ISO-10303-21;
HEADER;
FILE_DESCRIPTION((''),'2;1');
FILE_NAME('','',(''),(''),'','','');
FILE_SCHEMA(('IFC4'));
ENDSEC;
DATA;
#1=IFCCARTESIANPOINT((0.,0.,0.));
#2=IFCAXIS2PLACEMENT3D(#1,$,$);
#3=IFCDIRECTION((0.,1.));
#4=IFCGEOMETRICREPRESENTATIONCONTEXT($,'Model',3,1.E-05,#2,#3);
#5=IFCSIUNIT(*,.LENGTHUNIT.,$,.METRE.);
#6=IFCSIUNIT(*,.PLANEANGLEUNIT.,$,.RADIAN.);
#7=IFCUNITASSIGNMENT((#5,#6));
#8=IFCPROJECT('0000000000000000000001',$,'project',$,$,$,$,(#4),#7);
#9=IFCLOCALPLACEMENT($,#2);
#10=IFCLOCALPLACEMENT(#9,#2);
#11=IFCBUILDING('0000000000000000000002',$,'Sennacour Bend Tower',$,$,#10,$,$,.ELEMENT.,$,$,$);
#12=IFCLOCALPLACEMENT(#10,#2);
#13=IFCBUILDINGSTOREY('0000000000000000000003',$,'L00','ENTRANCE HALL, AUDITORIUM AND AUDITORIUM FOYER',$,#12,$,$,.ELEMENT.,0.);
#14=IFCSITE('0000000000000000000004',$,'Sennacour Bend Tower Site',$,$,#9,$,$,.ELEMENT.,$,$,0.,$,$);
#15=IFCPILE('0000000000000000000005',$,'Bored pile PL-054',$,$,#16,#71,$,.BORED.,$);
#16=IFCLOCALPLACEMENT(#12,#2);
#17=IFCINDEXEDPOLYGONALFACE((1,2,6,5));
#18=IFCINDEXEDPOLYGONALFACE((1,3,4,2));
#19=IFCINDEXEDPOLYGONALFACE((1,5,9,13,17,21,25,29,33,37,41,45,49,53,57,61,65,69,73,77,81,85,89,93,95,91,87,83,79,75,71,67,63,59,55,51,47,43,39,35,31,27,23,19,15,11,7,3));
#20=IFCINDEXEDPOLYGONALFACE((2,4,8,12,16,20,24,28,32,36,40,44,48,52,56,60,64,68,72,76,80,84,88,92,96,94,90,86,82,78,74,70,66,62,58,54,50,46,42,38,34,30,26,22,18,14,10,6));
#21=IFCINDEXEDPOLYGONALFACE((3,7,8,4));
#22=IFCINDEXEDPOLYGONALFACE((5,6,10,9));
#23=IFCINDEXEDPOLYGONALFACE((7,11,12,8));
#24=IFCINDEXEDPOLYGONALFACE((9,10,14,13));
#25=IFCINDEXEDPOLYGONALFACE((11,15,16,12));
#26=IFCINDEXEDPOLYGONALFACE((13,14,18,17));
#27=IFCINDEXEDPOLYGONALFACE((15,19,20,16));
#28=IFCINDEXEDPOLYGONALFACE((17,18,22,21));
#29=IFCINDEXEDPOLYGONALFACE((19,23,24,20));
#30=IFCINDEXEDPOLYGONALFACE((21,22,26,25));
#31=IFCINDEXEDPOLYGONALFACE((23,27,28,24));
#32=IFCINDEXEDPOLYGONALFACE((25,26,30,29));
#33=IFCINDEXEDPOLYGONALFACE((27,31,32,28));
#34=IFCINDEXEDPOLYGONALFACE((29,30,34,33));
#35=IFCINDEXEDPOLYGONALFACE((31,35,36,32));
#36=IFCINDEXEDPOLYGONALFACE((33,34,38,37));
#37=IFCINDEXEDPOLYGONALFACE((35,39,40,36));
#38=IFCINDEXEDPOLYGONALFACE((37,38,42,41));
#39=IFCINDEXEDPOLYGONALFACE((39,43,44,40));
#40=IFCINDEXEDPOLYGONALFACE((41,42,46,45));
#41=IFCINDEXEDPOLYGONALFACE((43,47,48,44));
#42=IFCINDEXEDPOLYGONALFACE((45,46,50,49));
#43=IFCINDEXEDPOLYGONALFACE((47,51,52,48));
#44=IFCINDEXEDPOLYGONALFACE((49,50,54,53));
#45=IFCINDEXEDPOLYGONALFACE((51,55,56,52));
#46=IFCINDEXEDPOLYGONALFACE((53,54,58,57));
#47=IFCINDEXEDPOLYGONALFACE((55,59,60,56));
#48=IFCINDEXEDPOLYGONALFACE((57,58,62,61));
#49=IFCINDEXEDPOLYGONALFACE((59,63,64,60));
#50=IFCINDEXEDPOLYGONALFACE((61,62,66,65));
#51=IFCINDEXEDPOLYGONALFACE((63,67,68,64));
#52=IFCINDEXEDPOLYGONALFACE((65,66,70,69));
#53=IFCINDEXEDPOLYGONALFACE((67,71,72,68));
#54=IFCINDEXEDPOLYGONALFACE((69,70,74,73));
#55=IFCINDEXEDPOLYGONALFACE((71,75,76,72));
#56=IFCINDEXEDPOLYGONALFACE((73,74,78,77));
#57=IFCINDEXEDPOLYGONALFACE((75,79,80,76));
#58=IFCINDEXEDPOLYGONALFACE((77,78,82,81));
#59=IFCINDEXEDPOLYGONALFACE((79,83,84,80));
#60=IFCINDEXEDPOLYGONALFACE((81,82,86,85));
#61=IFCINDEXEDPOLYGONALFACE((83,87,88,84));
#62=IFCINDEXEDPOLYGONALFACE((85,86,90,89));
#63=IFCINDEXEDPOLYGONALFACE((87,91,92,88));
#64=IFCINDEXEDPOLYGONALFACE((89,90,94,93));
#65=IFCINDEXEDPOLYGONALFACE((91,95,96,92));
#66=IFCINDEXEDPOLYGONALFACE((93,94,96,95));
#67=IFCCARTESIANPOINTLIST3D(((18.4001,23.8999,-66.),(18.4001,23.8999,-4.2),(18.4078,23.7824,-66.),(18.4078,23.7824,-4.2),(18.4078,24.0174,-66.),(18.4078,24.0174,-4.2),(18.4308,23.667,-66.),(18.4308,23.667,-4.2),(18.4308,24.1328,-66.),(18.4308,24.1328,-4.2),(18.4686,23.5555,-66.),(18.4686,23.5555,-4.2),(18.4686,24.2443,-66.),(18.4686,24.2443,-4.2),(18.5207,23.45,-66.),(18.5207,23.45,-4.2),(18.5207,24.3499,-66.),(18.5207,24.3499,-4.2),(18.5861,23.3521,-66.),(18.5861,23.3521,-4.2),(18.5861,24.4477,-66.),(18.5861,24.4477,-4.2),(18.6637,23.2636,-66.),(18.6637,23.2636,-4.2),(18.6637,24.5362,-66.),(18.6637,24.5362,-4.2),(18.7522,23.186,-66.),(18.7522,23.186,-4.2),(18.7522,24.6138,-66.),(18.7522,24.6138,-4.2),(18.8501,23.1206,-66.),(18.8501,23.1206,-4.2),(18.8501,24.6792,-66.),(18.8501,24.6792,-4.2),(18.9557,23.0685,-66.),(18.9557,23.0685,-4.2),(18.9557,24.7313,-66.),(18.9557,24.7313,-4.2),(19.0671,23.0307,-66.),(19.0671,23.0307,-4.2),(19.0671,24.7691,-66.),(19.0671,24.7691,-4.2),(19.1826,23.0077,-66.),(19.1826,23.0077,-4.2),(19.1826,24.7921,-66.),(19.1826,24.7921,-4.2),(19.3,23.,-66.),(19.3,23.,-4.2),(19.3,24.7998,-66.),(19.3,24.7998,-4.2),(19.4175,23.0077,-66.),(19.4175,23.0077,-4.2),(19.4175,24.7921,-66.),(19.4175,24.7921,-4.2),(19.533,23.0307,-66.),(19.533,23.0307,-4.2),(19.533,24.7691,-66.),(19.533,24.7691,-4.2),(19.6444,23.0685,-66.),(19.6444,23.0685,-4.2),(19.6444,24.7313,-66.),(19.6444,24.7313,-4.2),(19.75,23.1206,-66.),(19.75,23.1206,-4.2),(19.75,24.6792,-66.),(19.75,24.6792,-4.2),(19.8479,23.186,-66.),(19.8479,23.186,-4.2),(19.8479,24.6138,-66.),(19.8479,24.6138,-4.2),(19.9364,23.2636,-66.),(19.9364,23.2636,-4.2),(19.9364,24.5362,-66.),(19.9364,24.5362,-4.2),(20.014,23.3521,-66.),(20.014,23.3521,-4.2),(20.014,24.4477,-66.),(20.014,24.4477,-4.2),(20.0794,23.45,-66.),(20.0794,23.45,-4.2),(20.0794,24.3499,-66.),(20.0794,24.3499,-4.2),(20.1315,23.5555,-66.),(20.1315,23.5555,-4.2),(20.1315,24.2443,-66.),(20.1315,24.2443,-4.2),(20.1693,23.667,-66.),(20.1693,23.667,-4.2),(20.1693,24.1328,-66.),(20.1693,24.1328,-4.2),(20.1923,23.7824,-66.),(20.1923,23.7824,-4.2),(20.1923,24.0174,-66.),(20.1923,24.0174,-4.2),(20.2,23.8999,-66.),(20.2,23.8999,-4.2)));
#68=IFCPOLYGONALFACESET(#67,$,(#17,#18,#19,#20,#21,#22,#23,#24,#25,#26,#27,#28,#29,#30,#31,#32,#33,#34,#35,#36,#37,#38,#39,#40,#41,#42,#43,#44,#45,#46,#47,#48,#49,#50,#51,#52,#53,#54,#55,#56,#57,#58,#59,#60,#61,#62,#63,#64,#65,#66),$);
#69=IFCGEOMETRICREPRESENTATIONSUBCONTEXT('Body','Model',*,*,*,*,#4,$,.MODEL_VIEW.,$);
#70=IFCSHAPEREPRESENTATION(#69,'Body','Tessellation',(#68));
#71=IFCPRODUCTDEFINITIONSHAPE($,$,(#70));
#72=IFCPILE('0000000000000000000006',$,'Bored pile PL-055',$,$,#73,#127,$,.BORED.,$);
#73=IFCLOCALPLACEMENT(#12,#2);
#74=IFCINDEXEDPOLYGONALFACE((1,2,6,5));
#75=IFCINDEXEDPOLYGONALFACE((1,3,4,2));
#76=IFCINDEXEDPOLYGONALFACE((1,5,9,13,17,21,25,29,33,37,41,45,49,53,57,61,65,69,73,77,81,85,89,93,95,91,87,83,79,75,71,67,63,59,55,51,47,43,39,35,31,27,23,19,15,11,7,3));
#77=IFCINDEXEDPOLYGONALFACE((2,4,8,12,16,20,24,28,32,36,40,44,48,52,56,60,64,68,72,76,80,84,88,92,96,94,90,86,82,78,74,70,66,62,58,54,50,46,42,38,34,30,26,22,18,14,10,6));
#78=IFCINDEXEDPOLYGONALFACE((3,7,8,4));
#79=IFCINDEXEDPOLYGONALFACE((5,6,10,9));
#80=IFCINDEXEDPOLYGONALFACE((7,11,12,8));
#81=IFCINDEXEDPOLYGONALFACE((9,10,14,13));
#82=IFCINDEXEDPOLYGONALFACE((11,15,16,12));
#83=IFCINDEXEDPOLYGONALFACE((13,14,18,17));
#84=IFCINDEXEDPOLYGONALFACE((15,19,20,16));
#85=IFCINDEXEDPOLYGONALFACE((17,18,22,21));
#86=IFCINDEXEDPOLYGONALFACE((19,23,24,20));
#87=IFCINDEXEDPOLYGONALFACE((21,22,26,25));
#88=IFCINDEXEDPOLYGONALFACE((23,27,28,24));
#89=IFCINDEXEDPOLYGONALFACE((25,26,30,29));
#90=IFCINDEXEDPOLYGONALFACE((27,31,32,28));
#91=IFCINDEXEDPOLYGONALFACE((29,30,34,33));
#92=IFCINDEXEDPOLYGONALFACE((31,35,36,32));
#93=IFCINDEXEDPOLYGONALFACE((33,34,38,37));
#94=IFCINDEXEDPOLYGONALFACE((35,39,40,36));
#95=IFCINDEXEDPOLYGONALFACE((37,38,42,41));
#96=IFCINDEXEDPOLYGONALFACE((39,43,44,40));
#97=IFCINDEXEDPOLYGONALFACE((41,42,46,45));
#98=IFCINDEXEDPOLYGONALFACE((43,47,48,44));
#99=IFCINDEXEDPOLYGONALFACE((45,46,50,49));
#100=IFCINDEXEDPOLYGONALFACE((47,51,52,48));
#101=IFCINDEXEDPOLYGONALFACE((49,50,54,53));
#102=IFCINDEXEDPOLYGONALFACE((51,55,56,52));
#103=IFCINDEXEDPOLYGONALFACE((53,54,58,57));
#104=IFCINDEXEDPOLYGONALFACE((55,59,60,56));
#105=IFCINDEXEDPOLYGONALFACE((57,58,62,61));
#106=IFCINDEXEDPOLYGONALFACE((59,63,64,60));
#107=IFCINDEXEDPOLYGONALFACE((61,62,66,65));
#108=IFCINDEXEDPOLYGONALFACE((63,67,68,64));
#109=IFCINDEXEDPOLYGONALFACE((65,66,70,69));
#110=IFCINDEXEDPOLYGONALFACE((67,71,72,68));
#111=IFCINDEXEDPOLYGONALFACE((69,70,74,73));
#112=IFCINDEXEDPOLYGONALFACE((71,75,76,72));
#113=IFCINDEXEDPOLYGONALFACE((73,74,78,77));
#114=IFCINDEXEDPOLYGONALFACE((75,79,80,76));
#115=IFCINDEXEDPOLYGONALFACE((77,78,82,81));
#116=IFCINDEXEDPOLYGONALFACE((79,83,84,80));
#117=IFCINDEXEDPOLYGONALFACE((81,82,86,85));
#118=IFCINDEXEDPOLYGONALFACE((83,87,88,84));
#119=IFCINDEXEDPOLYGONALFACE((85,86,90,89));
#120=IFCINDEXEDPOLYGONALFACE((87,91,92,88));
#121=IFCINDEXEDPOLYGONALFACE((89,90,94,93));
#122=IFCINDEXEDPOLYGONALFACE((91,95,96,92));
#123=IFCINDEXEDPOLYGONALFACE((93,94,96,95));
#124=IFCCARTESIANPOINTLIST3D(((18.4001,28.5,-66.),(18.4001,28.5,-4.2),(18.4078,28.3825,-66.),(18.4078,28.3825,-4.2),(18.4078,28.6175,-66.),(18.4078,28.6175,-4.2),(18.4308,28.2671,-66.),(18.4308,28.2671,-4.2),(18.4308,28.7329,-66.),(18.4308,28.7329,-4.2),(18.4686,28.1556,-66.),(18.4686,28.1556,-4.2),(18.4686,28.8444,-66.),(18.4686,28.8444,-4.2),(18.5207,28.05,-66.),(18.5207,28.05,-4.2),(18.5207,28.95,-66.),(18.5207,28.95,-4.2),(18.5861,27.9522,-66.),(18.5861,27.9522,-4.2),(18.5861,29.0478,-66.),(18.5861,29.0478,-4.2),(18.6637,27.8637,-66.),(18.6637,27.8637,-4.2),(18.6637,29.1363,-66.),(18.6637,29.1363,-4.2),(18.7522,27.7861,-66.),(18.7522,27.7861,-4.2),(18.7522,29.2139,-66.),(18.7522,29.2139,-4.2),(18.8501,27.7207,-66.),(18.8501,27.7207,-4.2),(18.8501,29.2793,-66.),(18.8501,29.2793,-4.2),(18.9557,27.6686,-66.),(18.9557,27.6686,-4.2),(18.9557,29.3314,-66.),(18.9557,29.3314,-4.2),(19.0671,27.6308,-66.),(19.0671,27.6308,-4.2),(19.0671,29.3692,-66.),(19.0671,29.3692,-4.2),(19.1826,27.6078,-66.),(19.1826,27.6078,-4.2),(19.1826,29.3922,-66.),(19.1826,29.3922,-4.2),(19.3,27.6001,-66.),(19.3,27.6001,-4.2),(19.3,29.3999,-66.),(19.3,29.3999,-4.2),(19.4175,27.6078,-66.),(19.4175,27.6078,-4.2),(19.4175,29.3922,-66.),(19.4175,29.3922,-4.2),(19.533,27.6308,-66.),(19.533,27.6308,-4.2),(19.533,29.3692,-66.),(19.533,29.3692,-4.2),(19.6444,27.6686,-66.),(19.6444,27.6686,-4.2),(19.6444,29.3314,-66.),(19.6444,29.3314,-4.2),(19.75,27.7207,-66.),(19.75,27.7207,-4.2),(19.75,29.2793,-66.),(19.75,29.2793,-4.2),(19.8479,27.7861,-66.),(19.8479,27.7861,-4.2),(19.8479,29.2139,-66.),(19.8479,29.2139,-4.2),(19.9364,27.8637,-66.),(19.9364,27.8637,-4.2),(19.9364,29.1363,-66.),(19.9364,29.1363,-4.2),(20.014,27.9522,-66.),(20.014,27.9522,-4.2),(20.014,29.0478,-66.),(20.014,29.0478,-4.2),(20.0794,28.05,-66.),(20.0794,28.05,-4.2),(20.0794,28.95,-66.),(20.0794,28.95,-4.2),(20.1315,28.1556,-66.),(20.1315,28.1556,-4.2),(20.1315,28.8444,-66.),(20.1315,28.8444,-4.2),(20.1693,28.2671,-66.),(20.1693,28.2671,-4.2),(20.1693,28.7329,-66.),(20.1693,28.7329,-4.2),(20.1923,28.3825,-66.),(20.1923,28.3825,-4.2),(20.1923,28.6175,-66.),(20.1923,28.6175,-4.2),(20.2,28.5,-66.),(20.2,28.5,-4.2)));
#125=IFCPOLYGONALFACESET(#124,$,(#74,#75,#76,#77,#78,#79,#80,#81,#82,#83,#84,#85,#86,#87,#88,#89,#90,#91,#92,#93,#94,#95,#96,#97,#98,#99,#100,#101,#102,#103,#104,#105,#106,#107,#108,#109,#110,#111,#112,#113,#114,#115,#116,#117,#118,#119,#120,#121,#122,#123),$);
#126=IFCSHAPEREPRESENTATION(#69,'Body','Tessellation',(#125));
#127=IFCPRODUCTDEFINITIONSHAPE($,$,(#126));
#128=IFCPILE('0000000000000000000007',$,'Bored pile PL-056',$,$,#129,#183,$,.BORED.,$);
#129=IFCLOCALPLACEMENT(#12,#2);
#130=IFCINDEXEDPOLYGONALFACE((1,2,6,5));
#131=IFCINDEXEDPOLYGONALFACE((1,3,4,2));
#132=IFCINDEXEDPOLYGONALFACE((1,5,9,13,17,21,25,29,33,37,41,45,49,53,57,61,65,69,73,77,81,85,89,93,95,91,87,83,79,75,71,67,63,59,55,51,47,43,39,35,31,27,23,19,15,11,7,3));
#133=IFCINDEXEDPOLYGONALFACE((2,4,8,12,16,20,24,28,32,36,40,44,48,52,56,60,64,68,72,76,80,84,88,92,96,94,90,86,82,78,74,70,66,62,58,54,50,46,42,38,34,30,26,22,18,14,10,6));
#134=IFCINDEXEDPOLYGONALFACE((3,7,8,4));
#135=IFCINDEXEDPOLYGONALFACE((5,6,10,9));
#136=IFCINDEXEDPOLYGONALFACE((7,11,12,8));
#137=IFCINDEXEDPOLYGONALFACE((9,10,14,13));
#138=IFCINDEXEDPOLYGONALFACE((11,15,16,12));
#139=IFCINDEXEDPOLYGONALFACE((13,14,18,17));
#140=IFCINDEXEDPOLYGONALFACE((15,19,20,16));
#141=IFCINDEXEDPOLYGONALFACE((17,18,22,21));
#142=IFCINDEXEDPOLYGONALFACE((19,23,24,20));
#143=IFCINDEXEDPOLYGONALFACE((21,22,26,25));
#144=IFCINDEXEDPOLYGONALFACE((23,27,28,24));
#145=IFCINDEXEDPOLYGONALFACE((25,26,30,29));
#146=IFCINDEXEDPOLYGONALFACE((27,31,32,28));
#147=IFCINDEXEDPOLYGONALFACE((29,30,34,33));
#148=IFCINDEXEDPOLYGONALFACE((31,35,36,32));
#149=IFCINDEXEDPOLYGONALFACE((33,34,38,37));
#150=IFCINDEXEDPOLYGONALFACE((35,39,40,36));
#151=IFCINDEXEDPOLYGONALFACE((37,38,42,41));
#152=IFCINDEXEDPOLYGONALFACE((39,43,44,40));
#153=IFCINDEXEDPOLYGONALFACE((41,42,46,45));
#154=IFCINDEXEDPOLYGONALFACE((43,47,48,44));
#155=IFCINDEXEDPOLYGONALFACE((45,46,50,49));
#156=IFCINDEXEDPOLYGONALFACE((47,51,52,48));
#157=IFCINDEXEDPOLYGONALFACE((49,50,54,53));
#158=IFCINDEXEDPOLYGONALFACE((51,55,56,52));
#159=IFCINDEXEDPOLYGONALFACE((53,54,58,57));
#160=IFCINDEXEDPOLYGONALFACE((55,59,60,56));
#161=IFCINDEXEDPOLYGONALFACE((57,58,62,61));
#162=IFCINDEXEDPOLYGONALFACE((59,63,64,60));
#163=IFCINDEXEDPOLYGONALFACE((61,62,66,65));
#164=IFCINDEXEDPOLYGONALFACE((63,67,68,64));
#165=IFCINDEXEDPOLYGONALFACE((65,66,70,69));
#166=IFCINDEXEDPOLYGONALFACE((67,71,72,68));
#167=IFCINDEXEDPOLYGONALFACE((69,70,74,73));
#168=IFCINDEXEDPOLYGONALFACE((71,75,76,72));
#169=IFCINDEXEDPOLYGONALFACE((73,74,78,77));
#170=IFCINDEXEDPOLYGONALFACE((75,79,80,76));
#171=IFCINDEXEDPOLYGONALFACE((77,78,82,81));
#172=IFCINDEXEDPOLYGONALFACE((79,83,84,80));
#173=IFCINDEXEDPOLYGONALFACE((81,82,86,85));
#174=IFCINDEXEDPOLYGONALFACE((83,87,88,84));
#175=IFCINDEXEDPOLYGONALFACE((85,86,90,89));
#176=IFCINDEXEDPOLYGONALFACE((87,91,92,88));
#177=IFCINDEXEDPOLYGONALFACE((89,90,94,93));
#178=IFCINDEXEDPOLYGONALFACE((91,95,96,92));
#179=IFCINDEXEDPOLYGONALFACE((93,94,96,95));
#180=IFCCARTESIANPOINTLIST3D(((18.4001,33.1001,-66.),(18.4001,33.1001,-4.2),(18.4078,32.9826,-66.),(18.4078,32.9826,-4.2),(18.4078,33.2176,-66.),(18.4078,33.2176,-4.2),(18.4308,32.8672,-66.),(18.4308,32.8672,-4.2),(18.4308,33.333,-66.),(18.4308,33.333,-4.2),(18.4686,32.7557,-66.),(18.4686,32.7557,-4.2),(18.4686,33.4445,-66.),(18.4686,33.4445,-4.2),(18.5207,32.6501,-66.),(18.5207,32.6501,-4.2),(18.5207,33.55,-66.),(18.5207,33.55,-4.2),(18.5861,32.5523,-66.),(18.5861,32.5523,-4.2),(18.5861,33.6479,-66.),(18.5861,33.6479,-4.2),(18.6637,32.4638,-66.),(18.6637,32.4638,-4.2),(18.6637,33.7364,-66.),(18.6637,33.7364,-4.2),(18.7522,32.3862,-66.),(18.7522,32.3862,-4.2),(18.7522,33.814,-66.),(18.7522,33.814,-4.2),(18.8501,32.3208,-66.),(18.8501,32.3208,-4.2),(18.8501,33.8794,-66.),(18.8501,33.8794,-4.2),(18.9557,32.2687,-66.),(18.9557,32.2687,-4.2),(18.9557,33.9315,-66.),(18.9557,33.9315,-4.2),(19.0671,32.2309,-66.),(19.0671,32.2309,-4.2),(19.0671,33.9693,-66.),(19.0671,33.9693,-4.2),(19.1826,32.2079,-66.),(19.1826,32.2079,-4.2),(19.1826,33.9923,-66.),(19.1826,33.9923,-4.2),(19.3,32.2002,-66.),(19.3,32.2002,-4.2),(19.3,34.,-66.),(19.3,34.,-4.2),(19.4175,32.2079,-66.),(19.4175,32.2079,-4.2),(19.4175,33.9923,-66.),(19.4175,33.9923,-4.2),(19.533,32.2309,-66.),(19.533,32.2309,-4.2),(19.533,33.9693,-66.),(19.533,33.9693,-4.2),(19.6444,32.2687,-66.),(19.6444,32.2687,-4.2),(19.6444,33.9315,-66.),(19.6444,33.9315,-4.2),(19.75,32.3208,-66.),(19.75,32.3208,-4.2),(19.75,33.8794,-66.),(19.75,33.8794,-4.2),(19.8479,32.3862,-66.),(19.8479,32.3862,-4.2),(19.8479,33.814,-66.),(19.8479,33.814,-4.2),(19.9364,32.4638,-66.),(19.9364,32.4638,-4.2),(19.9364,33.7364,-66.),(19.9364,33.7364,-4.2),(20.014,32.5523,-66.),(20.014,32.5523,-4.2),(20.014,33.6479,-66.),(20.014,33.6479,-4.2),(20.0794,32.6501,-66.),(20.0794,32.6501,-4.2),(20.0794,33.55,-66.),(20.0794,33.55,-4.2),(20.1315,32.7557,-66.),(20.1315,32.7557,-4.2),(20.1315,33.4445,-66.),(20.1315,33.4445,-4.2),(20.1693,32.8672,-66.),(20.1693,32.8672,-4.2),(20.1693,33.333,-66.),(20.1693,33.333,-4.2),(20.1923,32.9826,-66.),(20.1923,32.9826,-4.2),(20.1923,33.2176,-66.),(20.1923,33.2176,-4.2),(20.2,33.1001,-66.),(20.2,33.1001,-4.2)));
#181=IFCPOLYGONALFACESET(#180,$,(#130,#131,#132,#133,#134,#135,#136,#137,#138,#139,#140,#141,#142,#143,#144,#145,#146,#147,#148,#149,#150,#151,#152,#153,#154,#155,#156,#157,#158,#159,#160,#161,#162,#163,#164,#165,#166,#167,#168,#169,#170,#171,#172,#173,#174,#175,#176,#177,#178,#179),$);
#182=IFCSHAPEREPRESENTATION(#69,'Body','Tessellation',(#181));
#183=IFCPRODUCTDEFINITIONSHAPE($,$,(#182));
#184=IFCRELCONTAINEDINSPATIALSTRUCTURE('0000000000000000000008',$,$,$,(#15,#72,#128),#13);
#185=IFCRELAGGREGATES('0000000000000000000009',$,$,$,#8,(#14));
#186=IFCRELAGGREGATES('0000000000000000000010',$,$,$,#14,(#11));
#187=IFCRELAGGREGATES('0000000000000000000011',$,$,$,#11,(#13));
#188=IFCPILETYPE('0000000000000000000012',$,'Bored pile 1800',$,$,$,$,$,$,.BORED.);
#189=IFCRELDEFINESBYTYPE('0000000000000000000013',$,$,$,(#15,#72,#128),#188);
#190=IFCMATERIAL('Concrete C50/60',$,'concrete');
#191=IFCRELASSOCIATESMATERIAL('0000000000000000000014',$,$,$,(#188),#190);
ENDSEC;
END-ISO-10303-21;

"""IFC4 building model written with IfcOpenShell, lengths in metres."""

from ifc_helpers import new_model, si_unit, direction, frame, origin, origin_2d, place, context, subcontext, project, spatial, circle, extrude, material, material_profile, profile_set, type_object, element, save


model = new_model("IFC4")

# Units and contexts
model_context = context("Model", 3, precision=1e-05, world=origin(), true_north=direction((0.0, 1.0)))
body_context = subcontext(model_context, "Body", "Model", "MODEL_VIEW")
ifc_project = project(units=[si_unit("LENGTHUNIT", "METRE"), si_unit("PLANEANGLEUNIT", "RADIAN")], contexts=[model_context])

# Site, building, storey
site_placement = place(None, origin())
site = spatial("IfcSite", under=ifc_project, at=site_placement, Name="Sennacour Bend Tower Site", CompositionType="ELEMENT", RefElevation=0.0)
building_placement = place(site_placement, origin())
building = spatial("IfcBuilding", under=site, at=building_placement, Name="Sennacour Bend Tower", CompositionType="ELEMENT")
storey_placement = place(building_placement, origin())
storey = spatial("IfcBuildingStorey", under=building, at=storey_placement, Name="L00", Description="ENTRANCE HALL, AUDITORIUM AND AUDITORIUM FOYER", CompositionType="ELEMENT", Elevation=0.0)

# Piles
ifc_material_1 = material(Name="Concrete C50/60", Category="concrete")
ifc_material_profile_1 = material_profile(ifc_material_1, circle(Radius=0.8999, at=origin_2d()), Name="Concrete C50/60", Category="concrete")
ifc_profile_set_1 = profile_set([ifc_material_profile_1], Name="Concrete C50/60")
pile_type = type_object("IfcPileType", Name="Bored pile 1800", PredefinedType="BORED", material=ifc_profile_set_1)
for number, where, z_axis, x_axis, name in (
    (1, (19.3, 23.8999, -4.2), (0.0, 0.0, -1.0), (1.0, 0.0, 0.0), "Bored pile PL-054"),
    (2, (19.3, 28.5, -4.2), (0.0, 0.0, -1.0), (1.0, 0.0, 0.0), "Bored pile PL-055"),
    (3, (19.3, 33.1001, -4.2), (0.0, 0.0, -1.0), (1.0, 0.0, 0.0), "Bored pile PL-056"),
):
    element("IfcPile", number, at=place(storey_placement, frame(where, z_axis=z_axis, x_axis=x_axis)), inside=storey, type_object=pile_type, Name=name, PredefinedType="BORED", context=body_context, shape_type="SweptSolid", body=[
        extrude(circle(Radius=0.8999, at=origin_2d()), origin(), (0.0, 0.0, 1.0), 61.8),
    ])

save(model, "model.ifc")
